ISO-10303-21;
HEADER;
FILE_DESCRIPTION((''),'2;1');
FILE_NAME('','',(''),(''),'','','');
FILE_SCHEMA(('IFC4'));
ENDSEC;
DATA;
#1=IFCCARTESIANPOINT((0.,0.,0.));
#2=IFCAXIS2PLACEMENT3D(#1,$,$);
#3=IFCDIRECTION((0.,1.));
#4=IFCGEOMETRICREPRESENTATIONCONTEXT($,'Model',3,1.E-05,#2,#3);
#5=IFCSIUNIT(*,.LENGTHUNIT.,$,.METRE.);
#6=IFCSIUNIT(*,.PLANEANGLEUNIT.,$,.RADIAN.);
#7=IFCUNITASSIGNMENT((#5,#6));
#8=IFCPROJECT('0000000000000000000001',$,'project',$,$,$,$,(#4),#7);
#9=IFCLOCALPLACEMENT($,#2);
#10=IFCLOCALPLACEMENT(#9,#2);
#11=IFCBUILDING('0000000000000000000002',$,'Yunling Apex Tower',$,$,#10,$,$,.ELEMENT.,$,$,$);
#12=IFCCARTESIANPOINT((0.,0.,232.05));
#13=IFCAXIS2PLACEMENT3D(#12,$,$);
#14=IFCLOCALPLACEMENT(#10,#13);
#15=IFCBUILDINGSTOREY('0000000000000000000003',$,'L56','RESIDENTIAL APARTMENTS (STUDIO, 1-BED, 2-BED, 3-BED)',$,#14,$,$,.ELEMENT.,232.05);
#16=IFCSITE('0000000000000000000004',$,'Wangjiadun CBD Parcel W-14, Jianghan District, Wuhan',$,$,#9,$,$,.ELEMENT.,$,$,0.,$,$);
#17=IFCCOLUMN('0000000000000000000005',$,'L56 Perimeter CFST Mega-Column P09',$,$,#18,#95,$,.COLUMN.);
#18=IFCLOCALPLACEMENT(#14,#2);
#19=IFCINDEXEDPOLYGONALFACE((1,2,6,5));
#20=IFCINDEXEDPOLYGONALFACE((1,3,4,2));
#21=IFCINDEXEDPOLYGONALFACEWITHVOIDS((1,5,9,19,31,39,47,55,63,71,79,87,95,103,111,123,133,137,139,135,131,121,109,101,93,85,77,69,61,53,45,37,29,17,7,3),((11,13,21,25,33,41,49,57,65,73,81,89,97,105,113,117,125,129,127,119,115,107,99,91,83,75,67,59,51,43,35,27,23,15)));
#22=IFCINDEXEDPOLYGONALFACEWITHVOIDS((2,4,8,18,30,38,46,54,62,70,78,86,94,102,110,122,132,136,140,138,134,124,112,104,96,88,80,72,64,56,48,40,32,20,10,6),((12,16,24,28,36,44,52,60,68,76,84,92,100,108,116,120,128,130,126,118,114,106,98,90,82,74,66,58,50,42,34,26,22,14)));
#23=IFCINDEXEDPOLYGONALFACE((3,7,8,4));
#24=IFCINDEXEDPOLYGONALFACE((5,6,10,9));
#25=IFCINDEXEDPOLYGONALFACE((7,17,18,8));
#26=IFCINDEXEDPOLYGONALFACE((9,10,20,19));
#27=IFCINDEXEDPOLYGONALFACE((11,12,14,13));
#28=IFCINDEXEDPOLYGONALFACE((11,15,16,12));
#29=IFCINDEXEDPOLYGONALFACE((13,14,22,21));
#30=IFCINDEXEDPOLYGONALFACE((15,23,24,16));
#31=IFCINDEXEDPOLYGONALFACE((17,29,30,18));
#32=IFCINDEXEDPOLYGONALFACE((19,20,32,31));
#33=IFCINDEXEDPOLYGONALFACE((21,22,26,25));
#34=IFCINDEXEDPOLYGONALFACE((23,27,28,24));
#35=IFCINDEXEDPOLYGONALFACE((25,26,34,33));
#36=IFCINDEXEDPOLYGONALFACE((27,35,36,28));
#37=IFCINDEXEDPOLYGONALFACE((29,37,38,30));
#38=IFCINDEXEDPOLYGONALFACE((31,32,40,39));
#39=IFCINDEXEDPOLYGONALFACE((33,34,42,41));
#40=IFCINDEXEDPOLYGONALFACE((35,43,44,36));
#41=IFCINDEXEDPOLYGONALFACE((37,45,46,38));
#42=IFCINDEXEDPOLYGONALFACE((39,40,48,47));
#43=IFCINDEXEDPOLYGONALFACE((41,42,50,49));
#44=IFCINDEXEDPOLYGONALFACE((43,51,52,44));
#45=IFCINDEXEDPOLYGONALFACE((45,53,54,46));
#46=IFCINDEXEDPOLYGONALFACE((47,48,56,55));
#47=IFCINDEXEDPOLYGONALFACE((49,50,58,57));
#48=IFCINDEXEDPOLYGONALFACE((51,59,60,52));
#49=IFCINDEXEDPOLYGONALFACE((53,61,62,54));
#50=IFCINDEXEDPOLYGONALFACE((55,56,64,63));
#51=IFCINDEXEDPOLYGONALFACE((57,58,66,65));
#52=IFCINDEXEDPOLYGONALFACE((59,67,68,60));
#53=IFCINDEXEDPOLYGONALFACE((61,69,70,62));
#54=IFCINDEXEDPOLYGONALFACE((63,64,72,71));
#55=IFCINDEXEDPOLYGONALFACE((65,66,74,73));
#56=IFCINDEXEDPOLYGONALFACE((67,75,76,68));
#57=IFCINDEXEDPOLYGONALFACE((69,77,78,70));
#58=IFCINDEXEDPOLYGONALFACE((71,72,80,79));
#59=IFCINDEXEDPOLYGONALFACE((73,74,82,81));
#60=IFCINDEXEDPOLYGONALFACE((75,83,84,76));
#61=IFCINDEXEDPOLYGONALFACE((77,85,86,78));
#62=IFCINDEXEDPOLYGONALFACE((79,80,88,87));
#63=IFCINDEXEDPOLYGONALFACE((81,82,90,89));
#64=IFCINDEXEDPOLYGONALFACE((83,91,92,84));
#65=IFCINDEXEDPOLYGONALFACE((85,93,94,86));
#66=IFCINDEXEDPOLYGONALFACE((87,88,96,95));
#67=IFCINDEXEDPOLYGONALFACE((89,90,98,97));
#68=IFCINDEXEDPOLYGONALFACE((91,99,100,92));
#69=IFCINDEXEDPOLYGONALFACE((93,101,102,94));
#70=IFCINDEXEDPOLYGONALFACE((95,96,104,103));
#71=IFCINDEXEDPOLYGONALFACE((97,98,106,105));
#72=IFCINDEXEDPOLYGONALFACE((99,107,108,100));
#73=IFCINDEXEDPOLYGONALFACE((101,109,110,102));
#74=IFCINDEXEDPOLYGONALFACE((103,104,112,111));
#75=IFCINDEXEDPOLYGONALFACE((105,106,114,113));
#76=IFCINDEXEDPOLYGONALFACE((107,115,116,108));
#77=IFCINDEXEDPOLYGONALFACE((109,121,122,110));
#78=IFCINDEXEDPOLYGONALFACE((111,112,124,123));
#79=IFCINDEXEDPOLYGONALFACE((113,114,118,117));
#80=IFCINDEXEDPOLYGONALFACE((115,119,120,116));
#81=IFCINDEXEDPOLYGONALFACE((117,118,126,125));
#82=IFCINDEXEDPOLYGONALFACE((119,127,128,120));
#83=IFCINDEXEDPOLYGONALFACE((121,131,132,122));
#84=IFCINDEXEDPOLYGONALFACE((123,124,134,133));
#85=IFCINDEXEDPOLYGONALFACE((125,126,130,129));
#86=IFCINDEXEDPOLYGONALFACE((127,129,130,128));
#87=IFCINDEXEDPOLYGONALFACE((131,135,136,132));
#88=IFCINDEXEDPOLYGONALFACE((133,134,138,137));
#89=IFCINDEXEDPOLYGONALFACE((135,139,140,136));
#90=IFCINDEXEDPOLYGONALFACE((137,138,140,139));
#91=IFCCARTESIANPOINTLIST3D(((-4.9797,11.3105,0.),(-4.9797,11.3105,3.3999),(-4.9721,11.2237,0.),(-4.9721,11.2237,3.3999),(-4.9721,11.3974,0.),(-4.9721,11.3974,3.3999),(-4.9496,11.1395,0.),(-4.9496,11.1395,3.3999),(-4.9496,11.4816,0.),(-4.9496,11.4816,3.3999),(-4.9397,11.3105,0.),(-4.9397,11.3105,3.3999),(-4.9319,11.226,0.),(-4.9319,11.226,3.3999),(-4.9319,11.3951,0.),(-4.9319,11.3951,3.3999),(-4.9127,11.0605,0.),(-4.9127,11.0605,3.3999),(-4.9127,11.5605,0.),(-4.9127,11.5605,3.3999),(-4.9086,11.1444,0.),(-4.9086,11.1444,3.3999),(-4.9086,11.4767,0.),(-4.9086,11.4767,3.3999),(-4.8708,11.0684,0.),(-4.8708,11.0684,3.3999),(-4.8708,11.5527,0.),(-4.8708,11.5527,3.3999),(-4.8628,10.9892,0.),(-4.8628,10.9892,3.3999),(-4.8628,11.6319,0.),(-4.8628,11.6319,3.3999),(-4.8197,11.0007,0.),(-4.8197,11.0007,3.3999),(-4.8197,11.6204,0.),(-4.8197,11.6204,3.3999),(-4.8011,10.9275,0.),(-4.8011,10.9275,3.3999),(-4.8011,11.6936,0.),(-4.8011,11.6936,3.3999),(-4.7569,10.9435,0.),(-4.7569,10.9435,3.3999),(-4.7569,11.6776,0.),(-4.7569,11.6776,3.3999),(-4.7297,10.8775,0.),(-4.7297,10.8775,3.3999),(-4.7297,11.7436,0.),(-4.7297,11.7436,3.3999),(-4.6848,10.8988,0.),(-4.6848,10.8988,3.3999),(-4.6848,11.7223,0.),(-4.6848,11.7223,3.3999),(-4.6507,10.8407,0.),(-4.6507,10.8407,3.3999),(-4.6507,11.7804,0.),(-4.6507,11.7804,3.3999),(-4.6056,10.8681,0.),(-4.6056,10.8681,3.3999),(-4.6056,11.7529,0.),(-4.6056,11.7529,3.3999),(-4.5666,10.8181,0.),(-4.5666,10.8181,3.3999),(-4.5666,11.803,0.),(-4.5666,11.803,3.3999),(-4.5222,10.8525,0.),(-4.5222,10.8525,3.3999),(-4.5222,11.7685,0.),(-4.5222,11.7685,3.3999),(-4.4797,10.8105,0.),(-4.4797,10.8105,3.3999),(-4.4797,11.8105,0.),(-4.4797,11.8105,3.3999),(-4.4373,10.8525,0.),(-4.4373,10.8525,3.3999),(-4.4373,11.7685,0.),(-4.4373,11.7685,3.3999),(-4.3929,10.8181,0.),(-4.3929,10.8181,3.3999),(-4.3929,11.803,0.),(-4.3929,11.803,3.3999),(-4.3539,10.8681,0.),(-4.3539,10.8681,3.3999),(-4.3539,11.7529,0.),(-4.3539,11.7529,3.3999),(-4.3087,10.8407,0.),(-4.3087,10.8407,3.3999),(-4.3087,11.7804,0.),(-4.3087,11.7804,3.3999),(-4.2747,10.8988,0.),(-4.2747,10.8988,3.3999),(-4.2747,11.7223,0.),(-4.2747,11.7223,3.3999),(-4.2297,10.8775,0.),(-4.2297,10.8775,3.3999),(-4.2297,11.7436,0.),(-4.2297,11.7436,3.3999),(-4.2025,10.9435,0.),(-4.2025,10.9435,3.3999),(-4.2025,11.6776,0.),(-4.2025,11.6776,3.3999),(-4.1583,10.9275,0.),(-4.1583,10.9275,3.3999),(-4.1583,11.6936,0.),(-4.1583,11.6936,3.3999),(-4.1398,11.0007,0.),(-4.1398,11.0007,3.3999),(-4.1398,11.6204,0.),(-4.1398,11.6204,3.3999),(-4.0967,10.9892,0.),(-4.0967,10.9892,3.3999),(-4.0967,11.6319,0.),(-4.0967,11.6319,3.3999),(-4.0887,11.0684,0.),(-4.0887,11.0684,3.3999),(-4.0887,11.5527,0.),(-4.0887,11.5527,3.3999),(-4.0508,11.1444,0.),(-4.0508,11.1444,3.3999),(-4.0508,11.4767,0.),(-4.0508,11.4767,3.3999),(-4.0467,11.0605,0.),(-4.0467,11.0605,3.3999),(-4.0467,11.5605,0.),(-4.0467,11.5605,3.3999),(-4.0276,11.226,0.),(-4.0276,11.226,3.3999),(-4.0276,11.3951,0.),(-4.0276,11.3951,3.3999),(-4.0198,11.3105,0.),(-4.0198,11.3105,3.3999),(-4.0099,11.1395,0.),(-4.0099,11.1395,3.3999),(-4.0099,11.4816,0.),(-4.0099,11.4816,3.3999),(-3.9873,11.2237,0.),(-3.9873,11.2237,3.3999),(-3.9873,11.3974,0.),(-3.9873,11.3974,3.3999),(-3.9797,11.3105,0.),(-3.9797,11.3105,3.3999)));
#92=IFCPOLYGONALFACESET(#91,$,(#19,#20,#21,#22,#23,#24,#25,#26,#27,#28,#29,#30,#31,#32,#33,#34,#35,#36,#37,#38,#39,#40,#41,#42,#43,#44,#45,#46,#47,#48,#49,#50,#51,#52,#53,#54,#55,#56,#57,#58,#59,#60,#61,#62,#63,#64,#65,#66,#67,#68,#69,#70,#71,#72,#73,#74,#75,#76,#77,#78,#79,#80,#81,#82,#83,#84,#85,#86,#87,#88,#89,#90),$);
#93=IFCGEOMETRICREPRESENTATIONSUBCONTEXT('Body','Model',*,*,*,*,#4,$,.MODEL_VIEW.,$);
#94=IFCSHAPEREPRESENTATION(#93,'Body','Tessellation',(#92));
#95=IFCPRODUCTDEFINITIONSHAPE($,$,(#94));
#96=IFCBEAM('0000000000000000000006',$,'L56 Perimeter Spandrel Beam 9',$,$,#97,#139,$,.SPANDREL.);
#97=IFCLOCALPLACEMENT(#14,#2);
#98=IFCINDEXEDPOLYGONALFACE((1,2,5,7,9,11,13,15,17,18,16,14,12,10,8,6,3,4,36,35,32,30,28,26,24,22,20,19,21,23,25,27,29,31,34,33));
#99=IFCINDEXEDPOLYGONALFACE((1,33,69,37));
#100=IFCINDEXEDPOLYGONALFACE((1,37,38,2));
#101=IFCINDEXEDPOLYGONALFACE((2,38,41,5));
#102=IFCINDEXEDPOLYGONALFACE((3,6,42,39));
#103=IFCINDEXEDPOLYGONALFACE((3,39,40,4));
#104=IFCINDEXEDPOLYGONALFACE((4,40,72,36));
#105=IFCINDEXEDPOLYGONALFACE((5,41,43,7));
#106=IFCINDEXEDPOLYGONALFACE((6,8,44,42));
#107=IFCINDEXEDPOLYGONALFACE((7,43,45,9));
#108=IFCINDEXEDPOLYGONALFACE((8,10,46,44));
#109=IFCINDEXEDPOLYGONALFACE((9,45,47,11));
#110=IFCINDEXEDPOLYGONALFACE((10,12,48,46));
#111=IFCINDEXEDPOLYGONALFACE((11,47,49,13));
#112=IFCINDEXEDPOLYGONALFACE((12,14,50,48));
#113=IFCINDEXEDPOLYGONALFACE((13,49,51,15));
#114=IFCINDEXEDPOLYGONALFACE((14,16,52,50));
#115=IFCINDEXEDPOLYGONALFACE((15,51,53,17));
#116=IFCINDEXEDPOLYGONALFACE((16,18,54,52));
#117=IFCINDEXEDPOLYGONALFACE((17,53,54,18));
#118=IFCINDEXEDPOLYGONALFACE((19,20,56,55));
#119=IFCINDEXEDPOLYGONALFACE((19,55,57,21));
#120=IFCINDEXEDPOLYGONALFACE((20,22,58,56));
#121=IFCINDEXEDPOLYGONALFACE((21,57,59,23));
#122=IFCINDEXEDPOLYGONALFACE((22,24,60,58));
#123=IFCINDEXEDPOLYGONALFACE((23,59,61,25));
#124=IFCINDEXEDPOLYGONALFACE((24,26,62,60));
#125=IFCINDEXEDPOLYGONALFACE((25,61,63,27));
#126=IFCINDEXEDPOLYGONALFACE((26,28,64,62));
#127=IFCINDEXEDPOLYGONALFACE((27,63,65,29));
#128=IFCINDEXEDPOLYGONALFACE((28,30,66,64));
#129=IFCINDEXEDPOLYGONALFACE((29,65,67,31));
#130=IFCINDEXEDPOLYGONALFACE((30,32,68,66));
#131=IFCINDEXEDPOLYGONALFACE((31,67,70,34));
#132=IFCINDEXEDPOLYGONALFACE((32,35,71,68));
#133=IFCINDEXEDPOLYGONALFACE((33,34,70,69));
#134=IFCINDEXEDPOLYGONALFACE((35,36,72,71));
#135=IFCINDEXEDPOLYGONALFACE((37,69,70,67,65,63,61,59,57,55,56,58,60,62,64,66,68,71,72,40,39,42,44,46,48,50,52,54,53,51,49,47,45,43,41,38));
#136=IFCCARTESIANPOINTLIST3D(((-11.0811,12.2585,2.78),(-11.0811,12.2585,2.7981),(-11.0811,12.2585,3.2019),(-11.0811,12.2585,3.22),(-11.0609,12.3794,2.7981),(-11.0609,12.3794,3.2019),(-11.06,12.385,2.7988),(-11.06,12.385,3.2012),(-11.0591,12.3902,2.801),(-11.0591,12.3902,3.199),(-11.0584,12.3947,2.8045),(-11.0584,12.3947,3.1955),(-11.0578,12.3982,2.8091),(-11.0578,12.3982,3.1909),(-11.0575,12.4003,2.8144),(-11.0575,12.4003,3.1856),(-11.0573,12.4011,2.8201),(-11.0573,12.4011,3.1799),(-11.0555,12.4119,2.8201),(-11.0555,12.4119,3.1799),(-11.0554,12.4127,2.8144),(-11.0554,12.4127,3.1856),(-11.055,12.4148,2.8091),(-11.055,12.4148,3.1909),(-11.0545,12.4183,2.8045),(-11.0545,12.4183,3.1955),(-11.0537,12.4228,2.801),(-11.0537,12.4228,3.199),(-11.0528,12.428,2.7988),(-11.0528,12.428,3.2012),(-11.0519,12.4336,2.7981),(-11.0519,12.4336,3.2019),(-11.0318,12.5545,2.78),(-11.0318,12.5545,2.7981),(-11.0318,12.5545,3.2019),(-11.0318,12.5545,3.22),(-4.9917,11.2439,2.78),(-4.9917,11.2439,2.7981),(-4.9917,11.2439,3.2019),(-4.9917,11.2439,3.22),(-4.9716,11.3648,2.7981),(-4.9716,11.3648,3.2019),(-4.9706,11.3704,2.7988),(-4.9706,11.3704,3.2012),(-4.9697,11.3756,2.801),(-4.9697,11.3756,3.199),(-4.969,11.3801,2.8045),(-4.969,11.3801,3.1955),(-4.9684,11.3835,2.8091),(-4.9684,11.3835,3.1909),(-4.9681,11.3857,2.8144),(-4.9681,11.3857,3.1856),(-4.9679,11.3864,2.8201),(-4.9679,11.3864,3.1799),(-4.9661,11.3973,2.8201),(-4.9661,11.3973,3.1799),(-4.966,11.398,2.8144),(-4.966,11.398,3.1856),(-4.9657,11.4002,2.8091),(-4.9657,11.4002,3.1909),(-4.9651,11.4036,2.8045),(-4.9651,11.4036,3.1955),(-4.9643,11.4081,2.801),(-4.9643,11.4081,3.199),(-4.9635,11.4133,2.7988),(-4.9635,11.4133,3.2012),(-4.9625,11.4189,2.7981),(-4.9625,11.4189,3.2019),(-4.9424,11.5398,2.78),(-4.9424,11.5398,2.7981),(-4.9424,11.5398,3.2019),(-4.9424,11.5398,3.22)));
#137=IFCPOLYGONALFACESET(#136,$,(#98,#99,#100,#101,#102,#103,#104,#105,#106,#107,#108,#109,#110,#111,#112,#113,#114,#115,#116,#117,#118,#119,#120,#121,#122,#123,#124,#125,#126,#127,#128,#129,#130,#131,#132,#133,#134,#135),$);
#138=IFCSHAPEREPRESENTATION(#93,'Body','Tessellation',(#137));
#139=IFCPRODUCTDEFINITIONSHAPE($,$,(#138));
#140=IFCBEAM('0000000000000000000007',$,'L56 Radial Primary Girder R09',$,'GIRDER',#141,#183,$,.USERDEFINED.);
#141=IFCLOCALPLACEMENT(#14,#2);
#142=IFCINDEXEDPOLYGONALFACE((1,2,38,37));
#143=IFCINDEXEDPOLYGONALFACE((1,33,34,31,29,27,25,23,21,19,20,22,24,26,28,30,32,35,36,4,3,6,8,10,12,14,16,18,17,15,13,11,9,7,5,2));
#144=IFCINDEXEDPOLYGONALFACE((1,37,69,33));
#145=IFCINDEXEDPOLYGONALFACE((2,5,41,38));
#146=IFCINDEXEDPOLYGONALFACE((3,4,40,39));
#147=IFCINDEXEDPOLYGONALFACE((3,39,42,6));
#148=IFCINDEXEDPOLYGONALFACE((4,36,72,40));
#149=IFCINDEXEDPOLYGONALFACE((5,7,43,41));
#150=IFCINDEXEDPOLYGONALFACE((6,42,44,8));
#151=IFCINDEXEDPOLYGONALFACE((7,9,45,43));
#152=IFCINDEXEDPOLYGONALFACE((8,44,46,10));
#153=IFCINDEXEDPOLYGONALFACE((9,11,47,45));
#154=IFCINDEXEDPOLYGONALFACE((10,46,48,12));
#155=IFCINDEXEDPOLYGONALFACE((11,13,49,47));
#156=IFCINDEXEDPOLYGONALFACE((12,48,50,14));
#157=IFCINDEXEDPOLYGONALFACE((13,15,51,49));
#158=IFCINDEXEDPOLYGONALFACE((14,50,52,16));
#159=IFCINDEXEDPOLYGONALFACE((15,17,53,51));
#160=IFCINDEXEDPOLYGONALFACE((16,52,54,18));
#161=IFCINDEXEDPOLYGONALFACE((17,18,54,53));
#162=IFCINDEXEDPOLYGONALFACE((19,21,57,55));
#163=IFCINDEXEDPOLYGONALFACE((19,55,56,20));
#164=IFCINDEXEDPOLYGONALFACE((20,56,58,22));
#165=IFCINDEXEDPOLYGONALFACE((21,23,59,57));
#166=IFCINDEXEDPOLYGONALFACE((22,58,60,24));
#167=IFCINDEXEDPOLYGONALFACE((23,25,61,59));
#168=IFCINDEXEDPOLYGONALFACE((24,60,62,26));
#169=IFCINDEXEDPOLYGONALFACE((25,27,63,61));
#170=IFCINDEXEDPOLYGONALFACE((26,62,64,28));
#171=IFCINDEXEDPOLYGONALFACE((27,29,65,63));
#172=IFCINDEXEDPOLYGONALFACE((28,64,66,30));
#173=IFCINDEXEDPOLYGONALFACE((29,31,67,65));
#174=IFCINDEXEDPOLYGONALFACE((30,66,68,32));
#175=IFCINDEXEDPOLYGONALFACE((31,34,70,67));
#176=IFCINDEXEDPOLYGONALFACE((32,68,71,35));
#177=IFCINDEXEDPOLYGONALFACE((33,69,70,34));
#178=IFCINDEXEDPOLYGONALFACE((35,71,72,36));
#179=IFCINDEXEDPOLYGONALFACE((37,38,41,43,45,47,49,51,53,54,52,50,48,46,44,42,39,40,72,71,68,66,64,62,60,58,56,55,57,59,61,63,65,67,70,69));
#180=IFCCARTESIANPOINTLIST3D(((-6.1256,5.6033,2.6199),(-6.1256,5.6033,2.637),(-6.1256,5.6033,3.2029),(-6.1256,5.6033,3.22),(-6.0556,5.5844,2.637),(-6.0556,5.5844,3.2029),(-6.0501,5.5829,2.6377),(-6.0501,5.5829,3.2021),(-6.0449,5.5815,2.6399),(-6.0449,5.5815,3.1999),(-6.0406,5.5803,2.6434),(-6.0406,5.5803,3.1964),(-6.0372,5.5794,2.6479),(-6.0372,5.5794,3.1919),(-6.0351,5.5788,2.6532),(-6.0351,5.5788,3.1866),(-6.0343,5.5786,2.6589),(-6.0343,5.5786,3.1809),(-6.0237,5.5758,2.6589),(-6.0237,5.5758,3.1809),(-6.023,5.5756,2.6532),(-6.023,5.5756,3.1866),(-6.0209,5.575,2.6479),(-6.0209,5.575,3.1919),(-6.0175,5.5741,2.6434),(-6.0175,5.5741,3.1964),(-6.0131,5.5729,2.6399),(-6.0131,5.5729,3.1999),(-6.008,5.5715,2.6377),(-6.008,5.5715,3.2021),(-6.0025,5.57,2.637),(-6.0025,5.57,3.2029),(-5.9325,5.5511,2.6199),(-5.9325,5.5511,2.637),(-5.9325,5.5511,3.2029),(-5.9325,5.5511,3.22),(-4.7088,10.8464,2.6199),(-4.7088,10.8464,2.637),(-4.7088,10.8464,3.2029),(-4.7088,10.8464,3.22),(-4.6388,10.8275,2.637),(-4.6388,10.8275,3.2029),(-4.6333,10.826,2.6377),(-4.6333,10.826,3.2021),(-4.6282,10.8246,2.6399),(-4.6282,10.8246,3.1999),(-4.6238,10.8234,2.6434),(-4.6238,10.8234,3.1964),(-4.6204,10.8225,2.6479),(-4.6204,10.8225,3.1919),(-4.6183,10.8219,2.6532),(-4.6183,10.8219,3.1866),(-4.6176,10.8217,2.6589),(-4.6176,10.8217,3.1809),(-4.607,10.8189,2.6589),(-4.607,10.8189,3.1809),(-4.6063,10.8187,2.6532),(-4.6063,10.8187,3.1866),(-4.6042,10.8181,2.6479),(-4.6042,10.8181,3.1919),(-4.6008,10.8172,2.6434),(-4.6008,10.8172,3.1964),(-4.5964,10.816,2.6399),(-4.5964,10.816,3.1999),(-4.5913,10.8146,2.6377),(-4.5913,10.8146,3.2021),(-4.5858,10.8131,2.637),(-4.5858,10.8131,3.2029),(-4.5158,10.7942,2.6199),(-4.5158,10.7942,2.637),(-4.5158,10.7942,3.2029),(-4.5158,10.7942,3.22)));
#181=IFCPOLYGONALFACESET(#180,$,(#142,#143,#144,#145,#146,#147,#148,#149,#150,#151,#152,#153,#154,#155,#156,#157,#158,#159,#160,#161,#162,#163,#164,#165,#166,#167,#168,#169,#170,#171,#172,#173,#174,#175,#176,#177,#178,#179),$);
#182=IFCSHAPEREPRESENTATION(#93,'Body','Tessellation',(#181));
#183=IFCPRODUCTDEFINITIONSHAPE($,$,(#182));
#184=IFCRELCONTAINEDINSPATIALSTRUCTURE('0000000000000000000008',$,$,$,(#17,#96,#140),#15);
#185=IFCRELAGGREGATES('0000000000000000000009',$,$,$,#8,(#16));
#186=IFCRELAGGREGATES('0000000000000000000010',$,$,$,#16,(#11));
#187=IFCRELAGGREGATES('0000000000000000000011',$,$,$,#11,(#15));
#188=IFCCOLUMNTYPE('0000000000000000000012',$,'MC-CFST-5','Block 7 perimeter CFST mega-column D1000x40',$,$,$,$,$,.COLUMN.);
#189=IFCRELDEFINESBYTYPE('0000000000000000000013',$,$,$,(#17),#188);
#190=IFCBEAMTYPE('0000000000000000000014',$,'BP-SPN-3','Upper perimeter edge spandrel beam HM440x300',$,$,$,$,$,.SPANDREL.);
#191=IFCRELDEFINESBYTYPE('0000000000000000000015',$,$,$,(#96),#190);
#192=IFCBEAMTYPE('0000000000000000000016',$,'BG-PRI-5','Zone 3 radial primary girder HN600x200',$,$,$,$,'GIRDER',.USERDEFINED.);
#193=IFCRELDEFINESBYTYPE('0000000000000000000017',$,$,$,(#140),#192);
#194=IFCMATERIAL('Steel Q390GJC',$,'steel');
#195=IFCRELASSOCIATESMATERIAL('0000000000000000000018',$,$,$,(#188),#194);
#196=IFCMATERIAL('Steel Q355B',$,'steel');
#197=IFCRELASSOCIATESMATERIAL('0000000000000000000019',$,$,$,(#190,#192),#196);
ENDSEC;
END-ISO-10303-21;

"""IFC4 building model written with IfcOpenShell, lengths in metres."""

from ifc_helpers import new_model, si_unit, direction, frame, origin, origin_2d, place, context, subcontext, project, spatial, hollow_circle, i_section, extrude, source, transform, mapped, material, material_profile, profile_set, type_object, element, save


model = new_model("IFC4")

# Units and contexts
model_context = context("Model", 3, precision=1e-05, world=origin(), true_north=direction((0.0, 1.0)))
body_context = subcontext(model_context, "Body", "Model", "MODEL_VIEW")
ifc_project = project(units=[si_unit("LENGTHUNIT", "METRE"), si_unit("PLANEANGLEUNIT", "RADIAN")], contexts=[model_context])

# Site, building, storey
site_placement = place(None, origin())
site = spatial("IfcSite", under=ifc_project, at=site_placement, Name="Wangjiadun CBD Parcel W-14, Jianghan District, Wuhan", CompositionType="ELEMENT", RefElevation=0.0)
building_placement = place(site_placement, origin())
building = spatial("IfcBuilding", under=site, at=building_placement, Name="Yunling Apex Tower", CompositionType="ELEMENT")
storey_placement = place(building_placement, frame((0.0, 0.0, 232.05)))
storey = spatial("IfcBuildingStorey", under=building, at=storey_placement, Name="L56", Description="RESIDENTIAL APARTMENTS (STUDIO, 1-BED, 2-BED, 3-BED)", CompositionType="ELEMENT", Elevation=232.05)

# Column
ifc_material_1 = material(Name="Steel Q390GJC", Category="steel")
ifc_material_profile_1 = material_profile(ifc_material_1, hollow_circle(Radius=0.5, WallThickness=0.04, at=origin_2d()))
ifc_profile_set_1 = profile_set([ifc_material_profile_1], Name="Steel Q390GJC")
column_type = type_object("IfcColumnType", Name="MC-CFST-5", Description="Block 7 perimeter CFST mega-column D1000x40", PredefinedType="COLUMN", material=ifc_profile_set_1)
shared_shape_1 = source(origin(), body_context, "Body", "SweptSolid", [
    extrude(hollow_circle(Radius=0.5, WallThickness=0.04, at=origin_2d()), origin(), (0.0, 0.0, 1.0), 3.3999),
])
column_placement = place(storey_placement, frame((-4.4797, 11.3105, 0.0), z_axis=(0.0, 0.0, 1.0), x_axis=(1.0, 0.0, 0.0)))
element("IfcColumn", 1, at=column_placement, inside=storey, type_object=column_type, Name="L56 Perimeter CFST Mega-Column P09", PredefinedType="COLUMN", context=body_context, shape_type="MappedRepresentation", body=[
    mapped(shared_shape_1, transform((0.0, 0.0, 0.0), scale=1.0)),
])

# Beams
ifc_material_2 = material(Name="Steel Q355B", Category="steel")
ifc_material_profile_2 = material_profile(ifc_material_2, i_section(OverallWidth=0.3, OverallDepth=0.4399, WebThickness=0.011, FlangeThickness=0.0181, FilletRadius=0.022, at=origin_2d()))
ifc_profile_set_2 = profile_set([ifc_material_profile_2], Name="Steel Q355B")
beam_type_1 = type_object("IfcBeamType", Name="BP-SPN-3", Description="Upper perimeter edge spandrel beam HM440x300", PredefinedType="SPANDREL", material=ifc_profile_set_2)
shared_shape_2 = source(origin(), body_context, "Body", "SweptSolid", [
    extrude(i_section(OverallWidth=0.3, OverallDepth=0.4399, WebThickness=0.011, FlangeThickness=0.0181, FilletRadius=0.022, at=origin_2d()), origin(), (0.0, 0.0, 1.0), 6.1733),
])
beam_1_placement = place(storey_placement, frame((-4.967, 11.3918, 3.0), z_axis=(-0.9864, 0.164361, 0.0), x_axis=(-0.164361, -0.9864, 0.0)))
element("IfcBeam", 2, at=beam_1_placement, inside=storey, type_object=beam_type_1, Name="L56 Perimeter Spandrel Beam 9", PredefinedType="SPANDREL", context=body_context, shape_type="MappedRepresentation", body=[
    mapped(shared_shape_2, transform((0.0, 0.0, 0.0), scale=1.0)),
])
ifc_material_profile_3 = material_profile(ifc_material_2, i_section(OverallWidth=0.2, OverallDepth=0.6001, WebThickness=0.011, FlangeThickness=0.0171, FilletRadius=0.022, at=origin_2d()))
ifc_profile_set_3 = profile_set([ifc_material_profile_3], Name="Steel Q355B")
beam_type_2 = type_object("IfcBeamType", Name="BG-PRI-5", Description="Zone 3 radial primary girder HN600x200", ElementType="GIRDER", PredefinedType="USERDEFINED", material=ifc_profile_set_3)
shared_shape_3 = source(origin(), body_context, "Body", "SweptSolid", [
    extrude(i_section(OverallWidth=0.2, OverallDepth=0.6001, WebThickness=0.011, FlangeThickness=0.0171, FilletRadius=0.022, at=origin_2d()), origin(), (0.0, 0.0, 1.0), 5.4312),
])
beam_2_placement = place(storey_placement, frame((-4.6123, 10.8203, 2.9199), z_axis=(-0.260854, -0.965378, 0.0), x_axis=(0.965378, -0.260854, 0.0)))
element("IfcBeam", 3, at=beam_2_placement, inside=storey, type_object=beam_type_2, Name="L56 Radial Primary Girder R09", ObjectType="GIRDER", PredefinedType="USERDEFINED", context=body_context, shape_type="MappedRepresentation", body=[
    mapped(shared_shape_3, transform((0.0, 0.0, 0.0), scale=1.0)),
])

save(model, "model.ifc")
